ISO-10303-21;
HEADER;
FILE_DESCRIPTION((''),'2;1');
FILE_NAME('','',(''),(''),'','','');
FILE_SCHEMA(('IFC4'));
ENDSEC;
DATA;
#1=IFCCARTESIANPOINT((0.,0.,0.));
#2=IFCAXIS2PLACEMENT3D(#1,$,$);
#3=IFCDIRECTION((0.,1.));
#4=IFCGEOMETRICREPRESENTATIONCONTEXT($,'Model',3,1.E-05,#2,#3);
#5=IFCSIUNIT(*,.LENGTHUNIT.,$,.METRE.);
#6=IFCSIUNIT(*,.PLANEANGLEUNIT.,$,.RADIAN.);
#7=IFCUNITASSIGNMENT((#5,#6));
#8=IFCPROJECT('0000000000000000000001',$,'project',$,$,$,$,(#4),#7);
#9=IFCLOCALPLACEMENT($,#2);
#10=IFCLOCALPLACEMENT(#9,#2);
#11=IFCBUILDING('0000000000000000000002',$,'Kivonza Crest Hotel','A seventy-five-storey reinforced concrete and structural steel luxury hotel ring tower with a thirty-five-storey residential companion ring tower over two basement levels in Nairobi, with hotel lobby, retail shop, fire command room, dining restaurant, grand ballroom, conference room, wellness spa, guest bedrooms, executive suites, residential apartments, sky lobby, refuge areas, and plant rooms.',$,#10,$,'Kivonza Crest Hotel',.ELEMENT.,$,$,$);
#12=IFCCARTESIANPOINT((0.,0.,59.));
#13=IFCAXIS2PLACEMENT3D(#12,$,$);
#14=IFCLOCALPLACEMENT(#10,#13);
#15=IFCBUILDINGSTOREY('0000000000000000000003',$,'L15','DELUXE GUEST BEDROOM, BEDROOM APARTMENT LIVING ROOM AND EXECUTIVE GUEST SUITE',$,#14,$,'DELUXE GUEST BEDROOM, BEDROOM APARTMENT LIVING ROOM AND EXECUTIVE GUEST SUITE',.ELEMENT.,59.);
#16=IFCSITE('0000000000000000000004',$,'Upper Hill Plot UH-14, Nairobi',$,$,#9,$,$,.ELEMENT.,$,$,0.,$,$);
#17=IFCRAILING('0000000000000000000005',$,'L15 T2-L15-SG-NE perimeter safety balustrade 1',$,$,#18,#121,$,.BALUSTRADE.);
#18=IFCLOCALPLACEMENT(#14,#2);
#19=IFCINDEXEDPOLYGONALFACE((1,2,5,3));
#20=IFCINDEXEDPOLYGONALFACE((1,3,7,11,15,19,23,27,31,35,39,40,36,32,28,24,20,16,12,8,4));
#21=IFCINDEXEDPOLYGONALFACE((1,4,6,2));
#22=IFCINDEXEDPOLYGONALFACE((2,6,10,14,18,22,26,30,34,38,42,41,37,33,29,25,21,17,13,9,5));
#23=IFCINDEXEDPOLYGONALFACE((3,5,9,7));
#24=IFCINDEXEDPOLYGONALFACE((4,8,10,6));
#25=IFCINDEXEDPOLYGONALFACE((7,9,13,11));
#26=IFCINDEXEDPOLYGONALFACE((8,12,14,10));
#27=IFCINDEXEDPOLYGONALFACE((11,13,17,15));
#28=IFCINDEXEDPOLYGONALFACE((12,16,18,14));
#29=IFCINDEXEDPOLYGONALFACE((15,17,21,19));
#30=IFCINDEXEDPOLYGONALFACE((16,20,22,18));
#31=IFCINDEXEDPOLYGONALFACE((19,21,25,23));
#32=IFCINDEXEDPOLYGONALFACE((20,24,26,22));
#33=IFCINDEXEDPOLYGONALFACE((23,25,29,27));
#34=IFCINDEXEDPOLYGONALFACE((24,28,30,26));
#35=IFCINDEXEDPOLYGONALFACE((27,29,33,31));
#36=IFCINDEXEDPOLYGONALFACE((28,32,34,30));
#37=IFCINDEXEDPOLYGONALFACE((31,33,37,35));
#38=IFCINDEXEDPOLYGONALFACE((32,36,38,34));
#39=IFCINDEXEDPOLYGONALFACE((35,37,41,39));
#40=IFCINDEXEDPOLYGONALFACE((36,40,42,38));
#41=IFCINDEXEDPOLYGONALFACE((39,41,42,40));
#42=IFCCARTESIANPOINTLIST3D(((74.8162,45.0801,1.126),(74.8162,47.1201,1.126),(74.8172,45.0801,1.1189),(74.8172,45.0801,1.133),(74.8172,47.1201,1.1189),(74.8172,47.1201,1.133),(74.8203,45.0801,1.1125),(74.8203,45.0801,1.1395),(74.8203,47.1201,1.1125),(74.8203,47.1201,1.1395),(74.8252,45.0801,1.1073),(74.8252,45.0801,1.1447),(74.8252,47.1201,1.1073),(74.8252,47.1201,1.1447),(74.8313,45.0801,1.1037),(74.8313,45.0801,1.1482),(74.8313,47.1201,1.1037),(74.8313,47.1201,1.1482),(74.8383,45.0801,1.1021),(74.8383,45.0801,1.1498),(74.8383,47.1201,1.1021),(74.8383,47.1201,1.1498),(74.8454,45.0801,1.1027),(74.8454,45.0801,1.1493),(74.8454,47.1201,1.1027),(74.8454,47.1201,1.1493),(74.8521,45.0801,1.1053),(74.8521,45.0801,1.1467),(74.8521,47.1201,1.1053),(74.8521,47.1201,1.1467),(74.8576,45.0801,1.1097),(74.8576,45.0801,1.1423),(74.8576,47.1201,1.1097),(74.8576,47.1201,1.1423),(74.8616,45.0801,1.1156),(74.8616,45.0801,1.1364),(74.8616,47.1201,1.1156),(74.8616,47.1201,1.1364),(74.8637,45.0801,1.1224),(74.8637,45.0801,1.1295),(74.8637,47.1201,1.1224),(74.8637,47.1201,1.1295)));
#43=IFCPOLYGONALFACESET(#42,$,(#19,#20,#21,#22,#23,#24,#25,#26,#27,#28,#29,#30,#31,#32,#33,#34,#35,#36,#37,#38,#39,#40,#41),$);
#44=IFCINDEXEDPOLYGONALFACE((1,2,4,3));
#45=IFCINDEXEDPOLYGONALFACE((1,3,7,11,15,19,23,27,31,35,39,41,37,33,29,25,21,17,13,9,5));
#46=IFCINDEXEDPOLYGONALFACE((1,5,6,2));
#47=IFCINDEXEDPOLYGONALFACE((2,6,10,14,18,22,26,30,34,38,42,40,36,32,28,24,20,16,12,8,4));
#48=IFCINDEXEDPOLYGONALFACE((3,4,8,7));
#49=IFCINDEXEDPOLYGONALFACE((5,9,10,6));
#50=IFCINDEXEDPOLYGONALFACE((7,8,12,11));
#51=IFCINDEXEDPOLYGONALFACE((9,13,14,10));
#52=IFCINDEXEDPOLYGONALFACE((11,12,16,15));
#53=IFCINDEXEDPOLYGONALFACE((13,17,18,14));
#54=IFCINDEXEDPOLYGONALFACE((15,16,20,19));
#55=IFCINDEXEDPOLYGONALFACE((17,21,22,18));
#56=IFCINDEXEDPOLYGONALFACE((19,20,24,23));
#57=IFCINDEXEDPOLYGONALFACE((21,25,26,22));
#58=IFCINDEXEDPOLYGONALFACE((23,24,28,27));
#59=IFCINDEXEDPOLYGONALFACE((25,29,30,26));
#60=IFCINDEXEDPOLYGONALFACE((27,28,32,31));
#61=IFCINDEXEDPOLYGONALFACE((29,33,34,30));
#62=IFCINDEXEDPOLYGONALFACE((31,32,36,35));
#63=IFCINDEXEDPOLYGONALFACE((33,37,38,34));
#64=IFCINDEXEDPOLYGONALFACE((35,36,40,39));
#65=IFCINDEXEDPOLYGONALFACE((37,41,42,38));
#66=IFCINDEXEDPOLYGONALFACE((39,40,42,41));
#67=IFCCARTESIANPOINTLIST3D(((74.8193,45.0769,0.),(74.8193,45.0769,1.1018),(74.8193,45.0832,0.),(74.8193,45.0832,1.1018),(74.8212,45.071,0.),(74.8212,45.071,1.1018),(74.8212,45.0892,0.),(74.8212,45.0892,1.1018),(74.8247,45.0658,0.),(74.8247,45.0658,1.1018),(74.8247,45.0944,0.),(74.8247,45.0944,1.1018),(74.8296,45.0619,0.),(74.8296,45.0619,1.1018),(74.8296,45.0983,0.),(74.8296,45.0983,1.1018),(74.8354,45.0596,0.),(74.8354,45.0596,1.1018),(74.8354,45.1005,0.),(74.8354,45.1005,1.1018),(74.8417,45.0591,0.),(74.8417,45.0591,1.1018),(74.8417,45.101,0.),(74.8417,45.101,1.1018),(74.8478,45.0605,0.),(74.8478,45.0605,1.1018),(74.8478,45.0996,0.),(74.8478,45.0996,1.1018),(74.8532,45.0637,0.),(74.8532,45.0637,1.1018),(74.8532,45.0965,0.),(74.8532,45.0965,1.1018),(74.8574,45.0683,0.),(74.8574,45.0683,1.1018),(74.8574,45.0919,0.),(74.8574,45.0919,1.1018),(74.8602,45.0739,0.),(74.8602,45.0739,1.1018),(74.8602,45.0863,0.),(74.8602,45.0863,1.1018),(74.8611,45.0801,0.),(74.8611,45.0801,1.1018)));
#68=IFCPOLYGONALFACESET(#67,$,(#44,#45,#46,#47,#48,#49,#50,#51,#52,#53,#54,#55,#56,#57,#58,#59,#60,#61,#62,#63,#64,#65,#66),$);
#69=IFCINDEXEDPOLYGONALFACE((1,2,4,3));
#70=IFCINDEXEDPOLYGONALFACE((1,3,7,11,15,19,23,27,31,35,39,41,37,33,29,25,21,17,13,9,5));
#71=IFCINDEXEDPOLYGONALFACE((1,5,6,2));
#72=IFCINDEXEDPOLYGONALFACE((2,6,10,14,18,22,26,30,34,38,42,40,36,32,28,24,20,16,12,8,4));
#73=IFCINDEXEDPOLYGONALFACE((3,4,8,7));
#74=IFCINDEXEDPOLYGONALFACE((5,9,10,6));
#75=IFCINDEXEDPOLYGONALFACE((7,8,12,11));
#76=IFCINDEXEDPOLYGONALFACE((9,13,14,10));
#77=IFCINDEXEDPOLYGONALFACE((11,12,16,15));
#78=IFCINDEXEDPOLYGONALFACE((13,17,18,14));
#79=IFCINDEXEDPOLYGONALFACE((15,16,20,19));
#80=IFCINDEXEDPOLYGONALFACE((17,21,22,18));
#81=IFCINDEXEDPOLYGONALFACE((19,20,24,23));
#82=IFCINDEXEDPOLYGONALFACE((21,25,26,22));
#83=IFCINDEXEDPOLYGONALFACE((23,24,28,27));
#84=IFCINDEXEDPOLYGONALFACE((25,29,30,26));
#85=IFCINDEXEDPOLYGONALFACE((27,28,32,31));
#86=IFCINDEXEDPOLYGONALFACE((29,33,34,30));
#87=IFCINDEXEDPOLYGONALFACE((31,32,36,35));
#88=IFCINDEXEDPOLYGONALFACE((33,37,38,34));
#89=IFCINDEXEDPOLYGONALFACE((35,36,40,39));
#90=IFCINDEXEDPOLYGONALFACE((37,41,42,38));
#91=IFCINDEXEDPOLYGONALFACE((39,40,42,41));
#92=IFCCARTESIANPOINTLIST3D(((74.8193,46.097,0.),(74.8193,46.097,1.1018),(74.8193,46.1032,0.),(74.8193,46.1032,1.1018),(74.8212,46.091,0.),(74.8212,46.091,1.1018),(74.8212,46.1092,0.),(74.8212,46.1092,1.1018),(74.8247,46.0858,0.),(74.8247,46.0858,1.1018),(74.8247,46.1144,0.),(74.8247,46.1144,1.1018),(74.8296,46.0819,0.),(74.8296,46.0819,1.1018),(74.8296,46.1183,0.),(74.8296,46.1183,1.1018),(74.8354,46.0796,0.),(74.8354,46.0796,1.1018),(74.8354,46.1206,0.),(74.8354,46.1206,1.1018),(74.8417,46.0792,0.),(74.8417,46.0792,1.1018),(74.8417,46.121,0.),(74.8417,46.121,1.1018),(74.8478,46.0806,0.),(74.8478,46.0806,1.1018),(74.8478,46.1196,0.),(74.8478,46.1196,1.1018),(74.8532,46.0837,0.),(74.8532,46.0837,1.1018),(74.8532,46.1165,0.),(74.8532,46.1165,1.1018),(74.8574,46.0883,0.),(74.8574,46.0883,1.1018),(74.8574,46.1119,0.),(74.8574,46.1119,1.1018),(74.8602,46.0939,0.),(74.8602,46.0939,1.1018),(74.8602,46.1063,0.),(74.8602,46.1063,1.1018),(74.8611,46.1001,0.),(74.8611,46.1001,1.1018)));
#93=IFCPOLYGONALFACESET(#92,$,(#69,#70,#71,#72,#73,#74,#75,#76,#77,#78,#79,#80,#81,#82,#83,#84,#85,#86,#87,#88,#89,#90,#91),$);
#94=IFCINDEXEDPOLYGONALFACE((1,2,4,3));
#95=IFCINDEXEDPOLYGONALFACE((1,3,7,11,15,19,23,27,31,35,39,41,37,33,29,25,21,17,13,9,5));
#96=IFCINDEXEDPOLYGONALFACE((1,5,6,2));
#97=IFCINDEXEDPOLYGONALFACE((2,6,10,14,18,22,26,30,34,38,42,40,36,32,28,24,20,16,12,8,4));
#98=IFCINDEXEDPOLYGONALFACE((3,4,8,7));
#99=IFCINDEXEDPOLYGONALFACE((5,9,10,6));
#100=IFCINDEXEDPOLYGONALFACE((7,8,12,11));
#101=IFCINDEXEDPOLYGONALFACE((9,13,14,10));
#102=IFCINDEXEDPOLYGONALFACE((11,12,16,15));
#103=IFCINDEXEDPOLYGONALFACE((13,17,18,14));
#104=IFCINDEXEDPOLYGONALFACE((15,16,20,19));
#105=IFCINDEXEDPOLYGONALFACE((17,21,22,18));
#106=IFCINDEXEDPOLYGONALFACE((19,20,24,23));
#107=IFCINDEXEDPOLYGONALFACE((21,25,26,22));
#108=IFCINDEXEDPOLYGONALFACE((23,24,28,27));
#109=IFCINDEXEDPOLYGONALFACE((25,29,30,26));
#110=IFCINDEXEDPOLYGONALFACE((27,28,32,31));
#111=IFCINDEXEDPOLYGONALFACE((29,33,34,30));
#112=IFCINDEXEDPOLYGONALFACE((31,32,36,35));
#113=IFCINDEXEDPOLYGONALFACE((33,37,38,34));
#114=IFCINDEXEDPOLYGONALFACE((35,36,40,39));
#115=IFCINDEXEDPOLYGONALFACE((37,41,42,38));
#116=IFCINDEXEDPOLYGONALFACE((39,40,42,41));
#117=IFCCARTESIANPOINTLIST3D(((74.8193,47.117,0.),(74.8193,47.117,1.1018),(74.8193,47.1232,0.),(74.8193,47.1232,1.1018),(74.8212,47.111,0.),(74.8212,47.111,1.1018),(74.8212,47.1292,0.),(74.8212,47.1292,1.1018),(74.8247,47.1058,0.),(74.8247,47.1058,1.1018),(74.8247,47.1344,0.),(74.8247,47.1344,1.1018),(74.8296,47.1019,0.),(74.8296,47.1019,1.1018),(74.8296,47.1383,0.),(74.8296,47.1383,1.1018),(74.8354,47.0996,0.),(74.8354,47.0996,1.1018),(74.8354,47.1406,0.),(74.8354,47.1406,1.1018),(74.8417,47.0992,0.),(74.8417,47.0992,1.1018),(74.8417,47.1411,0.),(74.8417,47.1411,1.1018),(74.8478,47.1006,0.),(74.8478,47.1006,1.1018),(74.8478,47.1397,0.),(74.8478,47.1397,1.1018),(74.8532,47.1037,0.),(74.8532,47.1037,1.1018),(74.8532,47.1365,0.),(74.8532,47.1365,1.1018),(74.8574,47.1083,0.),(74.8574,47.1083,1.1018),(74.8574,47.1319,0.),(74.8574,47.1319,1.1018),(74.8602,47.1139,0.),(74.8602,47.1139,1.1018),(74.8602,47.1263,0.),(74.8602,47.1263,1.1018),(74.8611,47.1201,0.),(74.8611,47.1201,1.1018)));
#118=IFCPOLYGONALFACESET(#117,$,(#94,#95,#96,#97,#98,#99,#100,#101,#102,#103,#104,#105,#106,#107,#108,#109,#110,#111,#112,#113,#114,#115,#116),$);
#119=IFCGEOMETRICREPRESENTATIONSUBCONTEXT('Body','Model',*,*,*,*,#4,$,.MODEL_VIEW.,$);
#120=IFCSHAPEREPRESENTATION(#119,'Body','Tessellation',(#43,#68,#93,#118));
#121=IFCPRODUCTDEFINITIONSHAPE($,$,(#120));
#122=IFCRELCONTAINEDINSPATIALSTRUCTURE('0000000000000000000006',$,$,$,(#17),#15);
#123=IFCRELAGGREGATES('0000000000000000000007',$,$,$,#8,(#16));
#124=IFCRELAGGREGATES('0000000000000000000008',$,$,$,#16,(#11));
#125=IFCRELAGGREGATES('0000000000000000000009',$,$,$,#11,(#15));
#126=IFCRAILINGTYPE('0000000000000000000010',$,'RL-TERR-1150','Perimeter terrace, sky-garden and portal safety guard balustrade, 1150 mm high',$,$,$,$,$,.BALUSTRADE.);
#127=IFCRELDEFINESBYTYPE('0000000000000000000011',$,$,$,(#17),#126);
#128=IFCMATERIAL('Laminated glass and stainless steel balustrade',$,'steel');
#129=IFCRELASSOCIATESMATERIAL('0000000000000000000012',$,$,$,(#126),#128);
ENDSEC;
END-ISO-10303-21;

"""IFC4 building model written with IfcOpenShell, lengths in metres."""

from ifc_helpers import new_model, si_unit, direction, frame, origin, origin_2d, place, context, subcontext, project, spatial, circle, extrude, material, type_object, element, save


model = new_model("IFC4")

# Units and contexts
model_context = context("Model", 3, precision=1e-05, world=origin(), true_north=direction((0.0, 1.0)))
body_context = subcontext(model_context, "Body", "Model", "MODEL_VIEW")
ifc_project = project(units=[si_unit("LENGTHUNIT", "METRE"), si_unit("PLANEANGLEUNIT", "RADIAN")], contexts=[model_context])

# Site, building, storey
site_placement = place(None, origin())
site = spatial("IfcSite", under=ifc_project, at=site_placement, Name="Upper Hill Plot UH-14, Nairobi", CompositionType="ELEMENT", RefElevation=0.0)
building_placement = place(site_placement, origin())
building = spatial("IfcBuilding", under=site, at=building_placement, Name="Kivonza Crest Hotel", Description="A seventy-five-storey reinforced concrete and structural steel luxury hotel ring tower with a thirty-five-storey residential companion ring tower over two basement levels in Nairobi, with hotel lobby, retail shop, fire command room, dining restaurant, grand ballroom, conference room, wellness spa, guest bedrooms, executive suites, residential apartments, sky lobby, refuge areas, and plant rooms.", LongName="Kivonza Crest Hotel", CompositionType="ELEMENT")
storey_placement = place(building_placement, frame((0.0, 0.0, 59.0)))
storey = spatial("IfcBuildingStorey", under=building, at=storey_placement, Name="L15", Description="DELUXE GUEST BEDROOM, BEDROOM APARTMENT LIVING ROOM AND EXECUTIVE GUEST SUITE", LongName="DELUXE GUEST BEDROOM, BEDROOM APARTMENT LIVING ROOM AND EXECUTIVE GUEST SUITE", CompositionType="ELEMENT", Elevation=59.0)

# Railing
ifc_material_1 = material(Name="Laminated glass and stainless steel balustrade", Category="steel")
railing_type_1 = type_object("IfcRailingType", Name="RL-TERR-1150", Description="Perimeter terrace, sky-garden and portal safety guard balustrade, 1150 mm high", PredefinedType="BALUSTRADE", material=ifc_material_1)
railing_1_placement = place(storey_placement, frame((74.8401, 45.0801, 0.0)))
element("IfcRailing", 1, at=railing_1_placement, inside=storey, type_object=railing_type_1, Name="L15 T2-L15-SG-NE perimeter safety balustrade 1", PredefinedType="BALUSTRADE", context=body_context, shape_type="SweptSolid", body=[
    extrude(circle(Radius=0.0239, at=origin_2d()), frame((0.0, 0.0, 1.126), z_axis=(0.0, 1.0, 0.0), x_axis=(-1.0, 0.0, 0.0)), (0.0, 0.0, 1.0), 2.04),
    extrude(circle(Radius=0.021, at=origin_2d()), origin(), (0.0, 0.0, 1.0), 1.1018),
    extrude(circle(Radius=0.021, at=origin_2d()), frame((0.0, 1.02, 0.0)), (0.0, 0.0, 1.0), 1.1018),
    extrude(circle(Radius=0.021, at=origin_2d()), frame((0.0, 2.04, 0.0)), (0.0, 0.0, 1.0), 1.1018),
])

save(model, "model.ifc")
